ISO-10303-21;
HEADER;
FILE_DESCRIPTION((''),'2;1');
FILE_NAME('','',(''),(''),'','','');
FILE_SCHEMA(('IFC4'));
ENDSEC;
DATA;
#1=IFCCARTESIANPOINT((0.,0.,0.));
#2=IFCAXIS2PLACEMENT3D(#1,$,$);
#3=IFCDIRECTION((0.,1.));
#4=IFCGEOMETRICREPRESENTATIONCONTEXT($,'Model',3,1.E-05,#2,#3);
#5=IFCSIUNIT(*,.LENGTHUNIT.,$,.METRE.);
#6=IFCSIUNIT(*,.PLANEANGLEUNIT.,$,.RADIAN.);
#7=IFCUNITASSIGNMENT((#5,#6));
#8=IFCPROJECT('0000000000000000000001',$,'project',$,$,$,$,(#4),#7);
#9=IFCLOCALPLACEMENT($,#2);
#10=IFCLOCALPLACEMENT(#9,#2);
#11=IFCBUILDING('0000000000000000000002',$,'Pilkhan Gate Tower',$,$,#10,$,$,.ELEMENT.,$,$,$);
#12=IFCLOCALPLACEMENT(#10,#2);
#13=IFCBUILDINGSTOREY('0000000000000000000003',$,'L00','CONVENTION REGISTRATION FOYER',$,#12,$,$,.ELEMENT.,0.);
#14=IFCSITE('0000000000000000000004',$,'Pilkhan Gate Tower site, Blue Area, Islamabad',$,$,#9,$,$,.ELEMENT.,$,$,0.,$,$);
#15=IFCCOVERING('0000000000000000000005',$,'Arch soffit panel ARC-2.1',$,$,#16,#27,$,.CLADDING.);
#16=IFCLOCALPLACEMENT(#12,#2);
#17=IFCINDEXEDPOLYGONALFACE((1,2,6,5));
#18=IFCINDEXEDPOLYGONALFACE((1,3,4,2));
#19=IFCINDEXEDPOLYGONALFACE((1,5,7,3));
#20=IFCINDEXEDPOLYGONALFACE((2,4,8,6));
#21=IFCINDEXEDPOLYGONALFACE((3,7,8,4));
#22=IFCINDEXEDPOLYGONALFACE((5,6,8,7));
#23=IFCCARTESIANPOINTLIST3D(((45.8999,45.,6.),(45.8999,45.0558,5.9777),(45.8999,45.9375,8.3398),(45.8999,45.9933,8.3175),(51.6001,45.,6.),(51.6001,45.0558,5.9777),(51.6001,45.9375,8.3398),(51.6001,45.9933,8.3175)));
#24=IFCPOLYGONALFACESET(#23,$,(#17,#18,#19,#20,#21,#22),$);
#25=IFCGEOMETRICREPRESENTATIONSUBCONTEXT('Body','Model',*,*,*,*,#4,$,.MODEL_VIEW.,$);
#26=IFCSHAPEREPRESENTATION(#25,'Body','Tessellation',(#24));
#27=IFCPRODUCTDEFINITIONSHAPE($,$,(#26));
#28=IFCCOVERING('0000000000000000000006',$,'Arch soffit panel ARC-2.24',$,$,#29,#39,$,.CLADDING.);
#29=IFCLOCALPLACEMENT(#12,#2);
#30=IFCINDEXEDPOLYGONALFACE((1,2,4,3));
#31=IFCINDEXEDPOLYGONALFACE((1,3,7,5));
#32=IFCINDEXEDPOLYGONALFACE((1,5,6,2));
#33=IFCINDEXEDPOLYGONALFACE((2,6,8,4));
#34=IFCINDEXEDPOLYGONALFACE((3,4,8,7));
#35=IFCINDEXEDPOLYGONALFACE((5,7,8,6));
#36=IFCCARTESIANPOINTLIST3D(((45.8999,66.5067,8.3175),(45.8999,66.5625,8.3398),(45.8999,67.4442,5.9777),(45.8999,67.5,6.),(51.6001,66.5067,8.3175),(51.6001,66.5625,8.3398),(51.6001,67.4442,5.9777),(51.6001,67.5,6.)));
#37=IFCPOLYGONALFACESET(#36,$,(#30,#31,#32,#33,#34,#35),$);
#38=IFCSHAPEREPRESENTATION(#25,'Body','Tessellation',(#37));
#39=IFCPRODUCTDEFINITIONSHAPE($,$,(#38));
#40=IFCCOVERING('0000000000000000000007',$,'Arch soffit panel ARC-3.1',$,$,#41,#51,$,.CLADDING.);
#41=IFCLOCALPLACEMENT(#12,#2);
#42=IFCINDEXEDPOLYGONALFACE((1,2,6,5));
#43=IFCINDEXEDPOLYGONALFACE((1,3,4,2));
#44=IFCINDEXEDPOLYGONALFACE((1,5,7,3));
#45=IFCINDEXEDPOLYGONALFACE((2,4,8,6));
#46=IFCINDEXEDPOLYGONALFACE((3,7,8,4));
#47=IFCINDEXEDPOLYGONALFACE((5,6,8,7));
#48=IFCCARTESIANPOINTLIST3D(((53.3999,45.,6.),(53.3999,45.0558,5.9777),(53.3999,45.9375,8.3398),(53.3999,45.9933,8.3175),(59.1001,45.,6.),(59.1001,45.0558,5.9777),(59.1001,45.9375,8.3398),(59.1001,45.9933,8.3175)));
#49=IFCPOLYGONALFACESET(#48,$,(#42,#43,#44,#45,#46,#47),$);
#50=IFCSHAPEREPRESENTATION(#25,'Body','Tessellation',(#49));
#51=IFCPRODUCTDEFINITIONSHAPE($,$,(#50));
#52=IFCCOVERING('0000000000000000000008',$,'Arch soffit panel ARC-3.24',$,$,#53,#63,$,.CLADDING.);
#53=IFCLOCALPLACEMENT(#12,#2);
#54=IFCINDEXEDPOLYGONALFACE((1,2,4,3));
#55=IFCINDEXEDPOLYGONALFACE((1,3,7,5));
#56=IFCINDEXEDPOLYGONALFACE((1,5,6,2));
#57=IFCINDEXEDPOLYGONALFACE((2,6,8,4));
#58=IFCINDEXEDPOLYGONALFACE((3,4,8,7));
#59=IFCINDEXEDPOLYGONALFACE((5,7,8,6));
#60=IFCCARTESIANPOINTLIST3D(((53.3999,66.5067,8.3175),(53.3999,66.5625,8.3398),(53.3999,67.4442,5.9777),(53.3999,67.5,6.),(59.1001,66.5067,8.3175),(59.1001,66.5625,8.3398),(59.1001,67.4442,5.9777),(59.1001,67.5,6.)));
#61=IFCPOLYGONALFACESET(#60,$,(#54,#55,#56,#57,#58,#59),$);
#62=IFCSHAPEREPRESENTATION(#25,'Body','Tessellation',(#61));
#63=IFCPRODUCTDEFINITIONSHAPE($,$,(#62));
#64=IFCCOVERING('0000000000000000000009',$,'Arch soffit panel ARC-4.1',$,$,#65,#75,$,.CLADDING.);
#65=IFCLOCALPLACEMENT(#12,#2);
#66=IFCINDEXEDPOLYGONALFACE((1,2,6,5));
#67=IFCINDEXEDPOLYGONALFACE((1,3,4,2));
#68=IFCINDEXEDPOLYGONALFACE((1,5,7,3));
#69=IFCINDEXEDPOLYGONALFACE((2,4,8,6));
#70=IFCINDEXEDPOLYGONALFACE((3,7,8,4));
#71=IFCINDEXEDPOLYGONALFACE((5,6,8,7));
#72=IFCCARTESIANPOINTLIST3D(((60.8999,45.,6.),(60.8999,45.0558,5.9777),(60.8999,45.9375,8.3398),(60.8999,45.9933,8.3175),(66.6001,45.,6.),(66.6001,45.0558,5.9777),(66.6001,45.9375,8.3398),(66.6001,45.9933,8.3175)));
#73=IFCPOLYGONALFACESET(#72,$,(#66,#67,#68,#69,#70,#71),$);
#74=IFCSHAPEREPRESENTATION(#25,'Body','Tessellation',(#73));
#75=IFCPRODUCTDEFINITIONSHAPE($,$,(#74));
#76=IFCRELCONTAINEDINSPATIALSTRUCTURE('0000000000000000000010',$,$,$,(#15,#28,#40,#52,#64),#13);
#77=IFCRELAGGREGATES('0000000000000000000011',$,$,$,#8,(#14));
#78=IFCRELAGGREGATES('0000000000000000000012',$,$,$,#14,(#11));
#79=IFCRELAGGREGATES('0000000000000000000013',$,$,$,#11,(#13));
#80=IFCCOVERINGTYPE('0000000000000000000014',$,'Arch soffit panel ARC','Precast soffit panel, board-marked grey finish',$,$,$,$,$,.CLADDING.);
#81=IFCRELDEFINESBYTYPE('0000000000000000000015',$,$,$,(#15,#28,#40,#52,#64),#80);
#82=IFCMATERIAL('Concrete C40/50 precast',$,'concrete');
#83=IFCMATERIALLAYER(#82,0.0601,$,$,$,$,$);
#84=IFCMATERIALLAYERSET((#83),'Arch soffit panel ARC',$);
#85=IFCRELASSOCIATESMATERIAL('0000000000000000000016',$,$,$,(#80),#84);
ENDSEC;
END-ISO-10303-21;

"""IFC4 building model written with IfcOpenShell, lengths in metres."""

from ifc_helpers import new_model, si_unit, direction, frame, origin, place, context, subcontext, project, spatial, polyline, outline, extrude, material, layer, layer_set, type_object, element, save


model = new_model("IFC4")

# Units and contexts
model_context = context("Model", 3, precision=1e-05, world=origin(), true_north=direction((0.0, 1.0)))
body_context = subcontext(model_context, "Body", "Model", "MODEL_VIEW")
ifc_project = project(units=[si_unit("LENGTHUNIT", "METRE"), si_unit("PLANEANGLEUNIT", "RADIAN")], contexts=[model_context])

# Site, building, storey
site_placement = place(None, origin())
site = spatial("IfcSite", under=ifc_project, at=site_placement, Name="Pilkhan Gate Tower site, Blue Area, Islamabad", CompositionType="ELEMENT", RefElevation=0.0)
building_placement = place(site_placement, origin())
building = spatial("IfcBuilding", under=site, at=building_placement, Name="Pilkhan Gate Tower", CompositionType="ELEMENT")
storey_placement = place(building_placement, origin())
storey = spatial("IfcBuildingStorey", under=building, at=storey_placement, Name="L00", Description="CONVENTION REGISTRATION FOYER", CompositionType="ELEMENT", Elevation=0.0)

# Shared definitions
ifc_material_1 = material(Name="Concrete C40/50 precast", Category="concrete")

# Coverings
ifc_layer_1 = layer(ifc_material_1, 0.0601)
ifc_layer_set_1 = layer_set([ifc_layer_1], Name="Arch soffit panel ARC")
covering_type = type_object("IfcCoveringType", Name="Arch soffit panel ARC", Description="Precast soffit panel, board-marked grey finish", PredefinedType="CLADDING", material=ifc_layer_set_1)
for number, where, z_axis, x_axis, name in (
    (1, (45.8999, 45.0, 6.0), (0.0, -0.928263, 0.371925), (1.0, 0.0, 0.0), "Arch soffit panel ARC-2.1"),
    (2, (45.8999, 66.5625, 8.3398), (0.0, 0.928263, 0.371925), (1.0, 0.0, 0.0), "Arch soffit panel ARC-2.24"),
    (3, (53.3999, 45.0, 6.0), (0.0, -0.928263, 0.371925), (1.0, 0.0, 0.0), "Arch soffit panel ARC-3.1"),
    (4, (53.3999, 66.5625, 8.3398), (0.0, 0.928263, 0.371925), (1.0, 0.0, 0.0), "Arch soffit panel ARC-3.24"),
    (5, (60.8999, 45.0, 6.0), (0.0, -0.928263, 0.371925), (1.0, 0.0, 0.0), "Arch soffit panel ARC-4.1"),
):
    element("IfcCovering", number, at=place(storey_placement, frame(where, z_axis=z_axis, x_axis=x_axis)), inside=storey, type_object=covering_type, Name=name, PredefinedType="CLADDING", context=body_context, shape_type="SweptSolid", body=[
        extrude(outline(polyline([(0.0, 0.0), (5.7002, 0.0), (5.7002, 2.5207), (0.0, 2.5207), (0.0, 0.0)])), origin(), (0.0, 0.0, -1.0), 0.0601),
    ])

save(model, "model.ifc")
